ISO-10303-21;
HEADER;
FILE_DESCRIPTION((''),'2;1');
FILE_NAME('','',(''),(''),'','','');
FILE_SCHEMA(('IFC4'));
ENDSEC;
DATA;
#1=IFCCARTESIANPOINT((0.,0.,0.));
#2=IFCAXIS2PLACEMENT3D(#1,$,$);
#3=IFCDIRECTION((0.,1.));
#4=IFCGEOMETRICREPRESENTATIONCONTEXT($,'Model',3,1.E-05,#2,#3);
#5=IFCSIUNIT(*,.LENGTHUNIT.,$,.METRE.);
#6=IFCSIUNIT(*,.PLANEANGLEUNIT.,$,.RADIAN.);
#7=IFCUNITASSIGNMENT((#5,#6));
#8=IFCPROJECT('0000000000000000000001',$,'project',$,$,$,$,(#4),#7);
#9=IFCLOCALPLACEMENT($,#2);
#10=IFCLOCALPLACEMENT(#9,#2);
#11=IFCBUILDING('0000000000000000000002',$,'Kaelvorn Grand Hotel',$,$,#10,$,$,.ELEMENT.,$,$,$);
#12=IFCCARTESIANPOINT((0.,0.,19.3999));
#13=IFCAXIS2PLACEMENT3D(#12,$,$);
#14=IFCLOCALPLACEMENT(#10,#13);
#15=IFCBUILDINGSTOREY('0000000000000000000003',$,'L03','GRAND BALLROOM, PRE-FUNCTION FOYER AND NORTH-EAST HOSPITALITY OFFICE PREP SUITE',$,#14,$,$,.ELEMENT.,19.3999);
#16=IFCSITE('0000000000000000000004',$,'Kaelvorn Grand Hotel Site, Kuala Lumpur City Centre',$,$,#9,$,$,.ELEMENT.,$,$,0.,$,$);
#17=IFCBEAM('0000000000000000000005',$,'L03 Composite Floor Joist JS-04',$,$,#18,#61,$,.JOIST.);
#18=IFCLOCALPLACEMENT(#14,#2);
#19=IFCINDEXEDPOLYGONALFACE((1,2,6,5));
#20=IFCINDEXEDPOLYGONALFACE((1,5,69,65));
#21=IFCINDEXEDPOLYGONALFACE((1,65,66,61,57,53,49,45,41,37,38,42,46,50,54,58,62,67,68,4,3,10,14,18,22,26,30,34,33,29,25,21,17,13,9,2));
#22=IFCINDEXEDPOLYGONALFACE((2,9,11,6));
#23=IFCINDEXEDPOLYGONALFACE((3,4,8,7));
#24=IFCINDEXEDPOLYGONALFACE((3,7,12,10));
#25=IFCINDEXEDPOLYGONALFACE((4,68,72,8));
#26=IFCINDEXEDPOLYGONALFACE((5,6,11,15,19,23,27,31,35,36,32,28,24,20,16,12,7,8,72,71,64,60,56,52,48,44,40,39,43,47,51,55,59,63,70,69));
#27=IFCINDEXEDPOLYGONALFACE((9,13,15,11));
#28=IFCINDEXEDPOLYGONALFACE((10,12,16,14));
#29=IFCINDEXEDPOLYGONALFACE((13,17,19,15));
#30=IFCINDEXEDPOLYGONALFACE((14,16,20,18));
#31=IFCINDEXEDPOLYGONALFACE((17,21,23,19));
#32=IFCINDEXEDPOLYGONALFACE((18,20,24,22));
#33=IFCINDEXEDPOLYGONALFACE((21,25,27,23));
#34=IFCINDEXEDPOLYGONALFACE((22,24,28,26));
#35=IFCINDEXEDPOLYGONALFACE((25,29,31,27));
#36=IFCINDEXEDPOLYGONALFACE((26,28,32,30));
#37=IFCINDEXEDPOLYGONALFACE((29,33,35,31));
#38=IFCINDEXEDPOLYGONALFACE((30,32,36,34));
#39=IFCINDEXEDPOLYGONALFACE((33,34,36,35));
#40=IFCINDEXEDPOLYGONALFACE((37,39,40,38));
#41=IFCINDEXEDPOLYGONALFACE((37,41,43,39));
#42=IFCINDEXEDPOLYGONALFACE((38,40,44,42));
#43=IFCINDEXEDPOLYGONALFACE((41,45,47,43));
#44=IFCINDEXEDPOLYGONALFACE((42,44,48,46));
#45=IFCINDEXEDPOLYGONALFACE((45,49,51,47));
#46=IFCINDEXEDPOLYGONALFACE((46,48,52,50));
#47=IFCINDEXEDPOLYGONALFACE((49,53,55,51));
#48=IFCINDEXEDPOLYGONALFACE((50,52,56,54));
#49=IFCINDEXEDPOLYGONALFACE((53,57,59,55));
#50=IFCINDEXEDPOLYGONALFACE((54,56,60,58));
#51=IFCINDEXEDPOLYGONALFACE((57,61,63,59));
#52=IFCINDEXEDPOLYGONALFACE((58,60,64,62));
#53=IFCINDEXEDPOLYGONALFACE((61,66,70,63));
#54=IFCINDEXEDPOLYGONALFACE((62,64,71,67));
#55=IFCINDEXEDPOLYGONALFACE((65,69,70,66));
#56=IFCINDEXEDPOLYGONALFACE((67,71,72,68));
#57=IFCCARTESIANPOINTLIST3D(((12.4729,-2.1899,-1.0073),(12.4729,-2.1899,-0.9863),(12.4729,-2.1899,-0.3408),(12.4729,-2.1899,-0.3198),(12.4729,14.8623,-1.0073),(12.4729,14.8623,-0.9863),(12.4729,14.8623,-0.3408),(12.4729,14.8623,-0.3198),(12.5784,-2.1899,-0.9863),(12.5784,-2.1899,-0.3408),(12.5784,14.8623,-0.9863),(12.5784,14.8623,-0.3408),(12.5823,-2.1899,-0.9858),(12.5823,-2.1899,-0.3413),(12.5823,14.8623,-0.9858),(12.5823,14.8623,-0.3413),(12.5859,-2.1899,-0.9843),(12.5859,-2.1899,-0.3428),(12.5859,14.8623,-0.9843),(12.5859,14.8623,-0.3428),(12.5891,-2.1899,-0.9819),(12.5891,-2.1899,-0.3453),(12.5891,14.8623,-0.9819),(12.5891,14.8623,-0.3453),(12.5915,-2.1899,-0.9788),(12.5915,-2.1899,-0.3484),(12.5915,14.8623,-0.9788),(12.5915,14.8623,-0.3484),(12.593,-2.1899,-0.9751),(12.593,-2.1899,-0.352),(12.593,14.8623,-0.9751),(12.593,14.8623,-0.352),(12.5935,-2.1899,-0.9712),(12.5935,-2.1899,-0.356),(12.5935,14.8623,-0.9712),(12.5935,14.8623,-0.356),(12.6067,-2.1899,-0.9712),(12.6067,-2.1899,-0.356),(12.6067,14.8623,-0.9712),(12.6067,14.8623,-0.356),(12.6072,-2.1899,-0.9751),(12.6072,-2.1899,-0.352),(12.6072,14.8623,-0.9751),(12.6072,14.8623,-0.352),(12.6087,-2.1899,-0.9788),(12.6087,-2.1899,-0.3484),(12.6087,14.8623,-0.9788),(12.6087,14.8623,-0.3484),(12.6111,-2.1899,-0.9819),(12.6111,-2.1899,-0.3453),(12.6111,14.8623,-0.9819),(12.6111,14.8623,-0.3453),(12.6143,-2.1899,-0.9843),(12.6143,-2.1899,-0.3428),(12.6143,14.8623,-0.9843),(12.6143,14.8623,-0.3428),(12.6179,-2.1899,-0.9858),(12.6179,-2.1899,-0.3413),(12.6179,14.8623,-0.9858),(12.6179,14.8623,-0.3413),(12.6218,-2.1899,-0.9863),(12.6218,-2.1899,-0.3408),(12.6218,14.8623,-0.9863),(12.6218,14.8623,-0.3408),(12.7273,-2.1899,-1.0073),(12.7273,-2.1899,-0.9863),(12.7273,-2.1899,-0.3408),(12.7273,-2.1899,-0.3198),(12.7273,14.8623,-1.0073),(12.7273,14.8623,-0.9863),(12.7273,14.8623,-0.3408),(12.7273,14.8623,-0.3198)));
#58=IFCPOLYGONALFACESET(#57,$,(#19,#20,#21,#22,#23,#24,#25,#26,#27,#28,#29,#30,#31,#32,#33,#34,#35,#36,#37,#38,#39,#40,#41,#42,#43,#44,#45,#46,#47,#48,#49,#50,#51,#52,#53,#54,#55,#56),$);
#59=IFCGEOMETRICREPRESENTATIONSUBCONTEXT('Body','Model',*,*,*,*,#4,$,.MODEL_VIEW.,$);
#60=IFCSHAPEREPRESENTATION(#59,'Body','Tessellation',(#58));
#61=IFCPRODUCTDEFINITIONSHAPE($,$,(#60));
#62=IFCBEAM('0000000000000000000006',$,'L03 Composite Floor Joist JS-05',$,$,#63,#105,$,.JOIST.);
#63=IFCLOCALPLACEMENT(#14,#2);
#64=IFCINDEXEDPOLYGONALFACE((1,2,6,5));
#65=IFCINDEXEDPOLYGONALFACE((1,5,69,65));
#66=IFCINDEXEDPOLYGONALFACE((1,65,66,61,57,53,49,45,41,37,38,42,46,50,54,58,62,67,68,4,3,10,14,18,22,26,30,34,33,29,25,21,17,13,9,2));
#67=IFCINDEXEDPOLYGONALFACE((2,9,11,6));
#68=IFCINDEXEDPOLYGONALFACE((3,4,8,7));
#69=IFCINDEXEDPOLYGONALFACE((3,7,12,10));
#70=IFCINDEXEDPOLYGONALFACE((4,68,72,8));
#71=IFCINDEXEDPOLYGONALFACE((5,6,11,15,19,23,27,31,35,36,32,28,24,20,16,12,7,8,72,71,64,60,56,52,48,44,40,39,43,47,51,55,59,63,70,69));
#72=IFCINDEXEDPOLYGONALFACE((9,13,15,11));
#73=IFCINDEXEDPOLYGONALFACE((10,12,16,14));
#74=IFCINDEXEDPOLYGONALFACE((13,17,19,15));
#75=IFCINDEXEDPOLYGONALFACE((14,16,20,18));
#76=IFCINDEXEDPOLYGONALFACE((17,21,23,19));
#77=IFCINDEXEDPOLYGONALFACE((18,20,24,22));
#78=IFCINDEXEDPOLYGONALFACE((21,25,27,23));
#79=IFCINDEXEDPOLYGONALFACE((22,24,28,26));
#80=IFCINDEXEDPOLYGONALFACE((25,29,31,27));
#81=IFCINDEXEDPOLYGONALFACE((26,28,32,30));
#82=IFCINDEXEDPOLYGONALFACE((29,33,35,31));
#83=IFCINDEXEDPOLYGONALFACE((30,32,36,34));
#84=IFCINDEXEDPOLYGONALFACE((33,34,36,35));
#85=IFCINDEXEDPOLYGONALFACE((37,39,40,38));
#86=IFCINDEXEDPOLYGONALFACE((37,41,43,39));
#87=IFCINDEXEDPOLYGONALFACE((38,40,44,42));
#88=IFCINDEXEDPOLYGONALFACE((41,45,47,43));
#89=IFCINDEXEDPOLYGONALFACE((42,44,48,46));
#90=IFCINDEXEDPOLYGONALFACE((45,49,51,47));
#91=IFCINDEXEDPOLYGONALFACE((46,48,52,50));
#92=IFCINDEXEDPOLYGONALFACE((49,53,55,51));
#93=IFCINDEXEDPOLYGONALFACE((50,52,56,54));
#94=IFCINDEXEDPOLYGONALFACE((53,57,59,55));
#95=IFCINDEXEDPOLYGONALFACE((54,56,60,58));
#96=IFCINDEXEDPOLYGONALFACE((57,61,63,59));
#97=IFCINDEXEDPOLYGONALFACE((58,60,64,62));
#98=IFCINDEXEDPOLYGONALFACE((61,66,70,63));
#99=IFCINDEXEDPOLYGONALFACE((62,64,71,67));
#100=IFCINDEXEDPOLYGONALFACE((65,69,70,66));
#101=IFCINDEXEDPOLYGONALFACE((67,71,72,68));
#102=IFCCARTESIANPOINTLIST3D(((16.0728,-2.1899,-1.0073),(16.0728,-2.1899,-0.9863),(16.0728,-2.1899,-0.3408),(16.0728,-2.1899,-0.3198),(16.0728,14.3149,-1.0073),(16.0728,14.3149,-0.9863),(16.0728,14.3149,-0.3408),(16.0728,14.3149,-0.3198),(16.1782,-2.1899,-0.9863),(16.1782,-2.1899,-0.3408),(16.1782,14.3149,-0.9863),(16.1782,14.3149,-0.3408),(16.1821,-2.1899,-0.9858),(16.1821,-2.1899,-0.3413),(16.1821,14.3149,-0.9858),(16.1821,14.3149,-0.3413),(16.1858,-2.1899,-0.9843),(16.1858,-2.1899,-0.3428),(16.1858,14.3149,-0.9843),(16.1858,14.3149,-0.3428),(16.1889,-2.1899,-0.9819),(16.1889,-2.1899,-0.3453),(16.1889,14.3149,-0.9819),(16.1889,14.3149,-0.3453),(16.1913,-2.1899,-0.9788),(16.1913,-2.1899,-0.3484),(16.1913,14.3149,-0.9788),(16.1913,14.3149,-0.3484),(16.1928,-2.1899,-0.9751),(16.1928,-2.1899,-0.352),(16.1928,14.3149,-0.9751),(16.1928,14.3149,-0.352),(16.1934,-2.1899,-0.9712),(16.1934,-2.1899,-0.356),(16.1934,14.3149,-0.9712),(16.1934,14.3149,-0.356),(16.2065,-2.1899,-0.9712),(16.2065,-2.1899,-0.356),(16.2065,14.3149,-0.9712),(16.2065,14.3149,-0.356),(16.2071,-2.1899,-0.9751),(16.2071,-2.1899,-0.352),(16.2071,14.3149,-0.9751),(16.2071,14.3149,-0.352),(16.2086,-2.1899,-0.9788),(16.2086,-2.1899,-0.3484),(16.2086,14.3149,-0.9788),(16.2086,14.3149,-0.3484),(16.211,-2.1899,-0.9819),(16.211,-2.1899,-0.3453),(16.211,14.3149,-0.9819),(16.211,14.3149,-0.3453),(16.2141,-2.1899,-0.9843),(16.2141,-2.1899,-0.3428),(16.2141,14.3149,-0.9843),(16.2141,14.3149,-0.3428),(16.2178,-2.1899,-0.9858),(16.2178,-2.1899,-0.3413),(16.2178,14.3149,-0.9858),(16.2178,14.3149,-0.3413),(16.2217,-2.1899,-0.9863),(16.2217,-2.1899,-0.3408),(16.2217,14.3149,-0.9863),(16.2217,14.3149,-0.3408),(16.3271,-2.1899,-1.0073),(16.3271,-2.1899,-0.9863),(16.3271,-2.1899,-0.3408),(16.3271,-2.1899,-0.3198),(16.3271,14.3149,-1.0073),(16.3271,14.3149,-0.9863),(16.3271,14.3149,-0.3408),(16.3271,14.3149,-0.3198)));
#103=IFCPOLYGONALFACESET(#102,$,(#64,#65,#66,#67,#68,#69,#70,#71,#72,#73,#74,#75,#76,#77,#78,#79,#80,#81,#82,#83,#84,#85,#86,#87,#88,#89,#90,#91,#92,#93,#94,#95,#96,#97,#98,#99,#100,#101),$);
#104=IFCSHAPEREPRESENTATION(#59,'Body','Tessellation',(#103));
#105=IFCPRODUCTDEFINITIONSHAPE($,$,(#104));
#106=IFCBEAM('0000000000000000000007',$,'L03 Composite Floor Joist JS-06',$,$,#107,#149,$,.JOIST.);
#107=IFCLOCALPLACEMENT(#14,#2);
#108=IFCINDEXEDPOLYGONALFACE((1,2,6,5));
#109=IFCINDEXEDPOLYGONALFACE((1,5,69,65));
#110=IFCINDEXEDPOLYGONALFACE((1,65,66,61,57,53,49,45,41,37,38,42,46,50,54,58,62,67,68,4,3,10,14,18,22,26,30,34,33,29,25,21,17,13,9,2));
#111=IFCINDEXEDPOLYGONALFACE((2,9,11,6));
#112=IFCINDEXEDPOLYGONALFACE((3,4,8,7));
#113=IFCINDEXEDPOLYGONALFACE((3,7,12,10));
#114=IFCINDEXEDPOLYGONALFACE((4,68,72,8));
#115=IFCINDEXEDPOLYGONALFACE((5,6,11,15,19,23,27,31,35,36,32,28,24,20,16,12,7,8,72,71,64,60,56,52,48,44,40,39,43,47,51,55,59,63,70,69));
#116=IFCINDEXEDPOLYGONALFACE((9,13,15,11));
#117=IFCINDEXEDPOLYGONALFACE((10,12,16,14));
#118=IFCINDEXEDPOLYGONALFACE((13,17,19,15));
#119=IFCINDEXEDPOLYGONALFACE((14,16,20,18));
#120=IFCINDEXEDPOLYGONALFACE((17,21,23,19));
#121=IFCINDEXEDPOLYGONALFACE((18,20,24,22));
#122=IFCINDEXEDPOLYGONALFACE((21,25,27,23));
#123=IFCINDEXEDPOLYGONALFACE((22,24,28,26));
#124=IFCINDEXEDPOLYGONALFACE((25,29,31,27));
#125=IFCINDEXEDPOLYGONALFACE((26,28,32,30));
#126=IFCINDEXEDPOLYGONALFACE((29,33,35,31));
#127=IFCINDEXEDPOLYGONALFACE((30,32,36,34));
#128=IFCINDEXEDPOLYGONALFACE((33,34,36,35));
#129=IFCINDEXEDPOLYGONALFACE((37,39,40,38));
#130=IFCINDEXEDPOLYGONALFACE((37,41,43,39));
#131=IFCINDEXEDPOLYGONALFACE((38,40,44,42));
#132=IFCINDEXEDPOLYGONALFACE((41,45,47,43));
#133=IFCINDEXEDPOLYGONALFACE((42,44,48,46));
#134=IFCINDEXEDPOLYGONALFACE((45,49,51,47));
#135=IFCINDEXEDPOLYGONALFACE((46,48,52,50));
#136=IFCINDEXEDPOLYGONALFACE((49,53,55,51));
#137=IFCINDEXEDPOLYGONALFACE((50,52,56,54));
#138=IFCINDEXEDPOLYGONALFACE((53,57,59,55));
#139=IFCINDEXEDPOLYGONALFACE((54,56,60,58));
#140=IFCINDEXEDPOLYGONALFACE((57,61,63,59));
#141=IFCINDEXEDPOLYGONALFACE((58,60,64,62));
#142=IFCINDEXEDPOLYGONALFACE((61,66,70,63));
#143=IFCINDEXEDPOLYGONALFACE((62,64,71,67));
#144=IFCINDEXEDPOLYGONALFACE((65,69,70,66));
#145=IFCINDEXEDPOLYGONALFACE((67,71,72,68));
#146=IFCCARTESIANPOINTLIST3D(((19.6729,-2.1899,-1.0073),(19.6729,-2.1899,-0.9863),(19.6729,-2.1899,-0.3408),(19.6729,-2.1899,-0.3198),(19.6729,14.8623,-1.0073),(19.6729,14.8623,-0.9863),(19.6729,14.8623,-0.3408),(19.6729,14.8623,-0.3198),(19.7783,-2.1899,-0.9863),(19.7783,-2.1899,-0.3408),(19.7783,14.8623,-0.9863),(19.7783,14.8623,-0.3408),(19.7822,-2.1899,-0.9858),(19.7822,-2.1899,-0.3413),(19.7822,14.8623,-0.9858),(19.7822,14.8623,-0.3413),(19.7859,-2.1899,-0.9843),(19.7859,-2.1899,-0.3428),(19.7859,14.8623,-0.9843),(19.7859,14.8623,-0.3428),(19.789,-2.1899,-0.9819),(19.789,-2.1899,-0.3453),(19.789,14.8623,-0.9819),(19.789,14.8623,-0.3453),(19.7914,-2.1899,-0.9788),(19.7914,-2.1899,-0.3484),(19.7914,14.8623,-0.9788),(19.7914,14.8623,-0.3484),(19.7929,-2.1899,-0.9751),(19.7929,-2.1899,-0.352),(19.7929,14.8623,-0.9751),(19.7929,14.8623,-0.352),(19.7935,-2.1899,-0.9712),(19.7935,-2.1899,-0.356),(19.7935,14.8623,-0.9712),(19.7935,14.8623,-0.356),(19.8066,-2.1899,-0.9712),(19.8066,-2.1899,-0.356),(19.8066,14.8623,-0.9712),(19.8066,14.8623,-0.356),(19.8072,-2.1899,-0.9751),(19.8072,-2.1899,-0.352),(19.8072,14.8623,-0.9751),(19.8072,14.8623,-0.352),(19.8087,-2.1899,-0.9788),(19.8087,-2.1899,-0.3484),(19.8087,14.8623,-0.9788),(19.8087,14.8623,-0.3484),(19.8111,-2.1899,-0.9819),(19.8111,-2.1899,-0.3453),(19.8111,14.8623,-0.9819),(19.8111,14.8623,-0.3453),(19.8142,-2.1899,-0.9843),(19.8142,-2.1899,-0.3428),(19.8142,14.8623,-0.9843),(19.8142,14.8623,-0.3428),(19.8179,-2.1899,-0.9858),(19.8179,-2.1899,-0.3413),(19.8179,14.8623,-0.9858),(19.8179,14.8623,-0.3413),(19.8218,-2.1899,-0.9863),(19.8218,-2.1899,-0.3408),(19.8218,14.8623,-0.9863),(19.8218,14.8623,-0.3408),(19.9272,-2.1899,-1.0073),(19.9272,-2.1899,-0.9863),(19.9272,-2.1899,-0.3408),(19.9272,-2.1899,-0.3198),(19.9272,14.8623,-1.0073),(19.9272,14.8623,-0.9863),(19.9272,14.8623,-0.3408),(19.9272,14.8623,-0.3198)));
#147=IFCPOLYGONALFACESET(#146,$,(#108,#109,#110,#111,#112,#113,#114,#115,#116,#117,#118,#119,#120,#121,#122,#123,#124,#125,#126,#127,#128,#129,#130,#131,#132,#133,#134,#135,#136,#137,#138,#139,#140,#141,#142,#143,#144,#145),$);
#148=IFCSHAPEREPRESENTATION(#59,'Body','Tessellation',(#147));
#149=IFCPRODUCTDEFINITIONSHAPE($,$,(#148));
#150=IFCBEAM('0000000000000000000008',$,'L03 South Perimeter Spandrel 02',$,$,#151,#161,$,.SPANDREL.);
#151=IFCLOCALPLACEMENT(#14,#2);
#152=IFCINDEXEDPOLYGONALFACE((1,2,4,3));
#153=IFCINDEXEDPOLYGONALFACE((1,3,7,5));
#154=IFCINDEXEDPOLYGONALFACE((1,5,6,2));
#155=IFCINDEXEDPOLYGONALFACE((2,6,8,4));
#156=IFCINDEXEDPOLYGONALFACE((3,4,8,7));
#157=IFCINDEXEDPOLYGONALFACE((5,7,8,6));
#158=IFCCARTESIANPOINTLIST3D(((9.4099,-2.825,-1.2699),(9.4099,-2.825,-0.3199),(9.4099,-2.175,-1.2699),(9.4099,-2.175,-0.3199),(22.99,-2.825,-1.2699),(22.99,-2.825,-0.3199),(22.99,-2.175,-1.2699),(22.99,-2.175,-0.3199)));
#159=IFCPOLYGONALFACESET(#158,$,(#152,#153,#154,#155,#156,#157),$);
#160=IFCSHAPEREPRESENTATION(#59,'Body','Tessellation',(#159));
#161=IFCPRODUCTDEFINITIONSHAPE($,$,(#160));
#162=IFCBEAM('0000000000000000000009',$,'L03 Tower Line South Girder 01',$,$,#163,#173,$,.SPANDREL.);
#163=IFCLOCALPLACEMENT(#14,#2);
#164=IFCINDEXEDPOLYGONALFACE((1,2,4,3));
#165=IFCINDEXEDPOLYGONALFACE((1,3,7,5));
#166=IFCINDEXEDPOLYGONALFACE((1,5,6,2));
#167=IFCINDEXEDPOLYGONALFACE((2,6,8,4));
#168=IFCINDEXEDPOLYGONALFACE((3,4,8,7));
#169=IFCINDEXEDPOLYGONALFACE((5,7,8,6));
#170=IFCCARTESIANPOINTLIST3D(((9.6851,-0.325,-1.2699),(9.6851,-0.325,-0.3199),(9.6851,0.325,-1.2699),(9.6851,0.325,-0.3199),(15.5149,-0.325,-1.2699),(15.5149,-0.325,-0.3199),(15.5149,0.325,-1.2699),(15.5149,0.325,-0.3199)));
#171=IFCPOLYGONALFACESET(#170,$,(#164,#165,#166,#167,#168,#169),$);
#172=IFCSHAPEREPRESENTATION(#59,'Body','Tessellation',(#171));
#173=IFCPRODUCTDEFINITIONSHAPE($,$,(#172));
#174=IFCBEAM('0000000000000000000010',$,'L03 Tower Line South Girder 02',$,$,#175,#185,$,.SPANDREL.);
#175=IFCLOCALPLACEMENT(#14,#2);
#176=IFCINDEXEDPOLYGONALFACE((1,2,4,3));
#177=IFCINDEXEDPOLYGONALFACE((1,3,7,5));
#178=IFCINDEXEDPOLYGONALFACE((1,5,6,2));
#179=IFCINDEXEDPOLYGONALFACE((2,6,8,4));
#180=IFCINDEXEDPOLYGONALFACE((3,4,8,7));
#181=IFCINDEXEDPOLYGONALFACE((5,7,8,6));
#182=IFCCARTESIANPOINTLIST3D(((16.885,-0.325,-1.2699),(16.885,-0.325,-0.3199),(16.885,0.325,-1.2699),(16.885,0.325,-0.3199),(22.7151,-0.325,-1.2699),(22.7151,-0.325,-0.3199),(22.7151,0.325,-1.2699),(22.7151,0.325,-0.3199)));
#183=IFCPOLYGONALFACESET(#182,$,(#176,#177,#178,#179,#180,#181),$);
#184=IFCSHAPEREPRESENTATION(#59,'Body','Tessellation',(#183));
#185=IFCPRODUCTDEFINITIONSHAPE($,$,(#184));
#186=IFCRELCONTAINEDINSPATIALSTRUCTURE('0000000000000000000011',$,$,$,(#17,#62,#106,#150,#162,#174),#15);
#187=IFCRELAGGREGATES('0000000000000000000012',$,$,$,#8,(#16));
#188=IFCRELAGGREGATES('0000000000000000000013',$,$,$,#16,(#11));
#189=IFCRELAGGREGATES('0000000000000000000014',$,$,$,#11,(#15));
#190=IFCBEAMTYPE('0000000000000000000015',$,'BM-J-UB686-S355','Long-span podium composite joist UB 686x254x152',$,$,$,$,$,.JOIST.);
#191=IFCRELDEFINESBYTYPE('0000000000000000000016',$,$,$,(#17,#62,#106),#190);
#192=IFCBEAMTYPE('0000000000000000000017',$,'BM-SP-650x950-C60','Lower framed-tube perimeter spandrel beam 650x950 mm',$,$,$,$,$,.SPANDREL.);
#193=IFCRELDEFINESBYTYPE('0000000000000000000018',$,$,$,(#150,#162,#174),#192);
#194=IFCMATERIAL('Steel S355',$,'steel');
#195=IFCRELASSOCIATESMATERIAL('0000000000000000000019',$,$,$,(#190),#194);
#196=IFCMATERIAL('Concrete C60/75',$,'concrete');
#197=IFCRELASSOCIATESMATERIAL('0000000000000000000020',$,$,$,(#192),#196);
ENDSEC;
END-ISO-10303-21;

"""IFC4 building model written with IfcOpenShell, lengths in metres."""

from ifc_helpers import new_model, si_unit, direction, frame, origin, origin_2d, place, context, subcontext, project, spatial, rectangle, i_section, extrude, material, material_profile, profile_set, type_object, element, save


model = new_model("IFC4")

# Units and contexts
model_context = context("Model", 3, precision=1e-05, world=origin(), true_north=direction((0.0, 1.0)))
body_context = subcontext(model_context, "Body", "Model", "MODEL_VIEW")
ifc_project = project(units=[si_unit("LENGTHUNIT", "METRE"), si_unit("PLANEANGLEUNIT", "RADIAN")], contexts=[model_context])

# Site, building, storey
site_placement = place(None, origin())
site = spatial("IfcSite", under=ifc_project, at=site_placement, Name="Kaelvorn Grand Hotel Site, Kuala Lumpur City Centre", CompositionType="ELEMENT", RefElevation=0.0)
building_placement = place(site_placement, origin())
building = spatial("IfcBuilding", under=site, at=building_placement, Name="Kaelvorn Grand Hotel", CompositionType="ELEMENT")
storey_placement = place(building_placement, frame((0.0, 0.0, 19.3999)))
storey = spatial("IfcBuildingStorey", under=building, at=storey_placement, Name="L03", Description="GRAND BALLROOM, PRE-FUNCTION FOYER AND NORTH-EAST HOSPITALITY OFFICE PREP SUITE", CompositionType="ELEMENT", Elevation=19.3999)

# Beams
ifc_material_1 = material(Name="Steel S355", Category="steel")
ifc_material_profile_1 = material_profile(ifc_material_1, i_section(OverallWidth=0.2544, OverallDepth=0.6875, WebThickness=0.0132, FlangeThickness=0.021, FilletRadius=0.0151, at=origin_2d()), Name="UB 686x254x152")
ifc_profile_set_1 = profile_set([ifc_material_profile_1], Name="Steel S355")
beam_type_1 = type_object("IfcBeamType", Name="BM-J-UB686-S355", Description="Long-span podium composite joist UB 686x254x152", PredefinedType="JOIST", material=ifc_profile_set_1)
beam_1_placement = place(storey_placement, frame((12.6001, -2.1899, -0.6636), z_axis=(0.0, 1.0, 0.0), x_axis=(-1.0, 0.0, 0.0)))
element("IfcBeam", 1, at=beam_1_placement, inside=storey, type_object=beam_type_1, Name="L03 Composite Floor Joist JS-04", PredefinedType="JOIST", context=body_context, shape_type="SweptSolid", body=[
    extrude(i_section(OverallWidth=0.2544, OverallDepth=0.6875, WebThickness=0.0132, FlangeThickness=0.021, FilletRadius=0.0151, at=origin_2d()), origin(), (0.0, 0.0, 1.0), 17.0522),
])
beam_2_placement = place(storey_placement, frame((16.2, -2.1899, -0.6636), z_axis=(0.0, 1.0, 0.0), x_axis=(-1.0, 0.0, 0.0)))
element("IfcBeam", 2, at=beam_2_placement, inside=storey, type_object=beam_type_1, Name="L03 Composite Floor Joist JS-05", PredefinedType="JOIST", context=body_context, shape_type="SweptSolid", body=[
    extrude(i_section(OverallWidth=0.2544, OverallDepth=0.6875, WebThickness=0.0132, FlangeThickness=0.021, FilletRadius=0.0151, at=origin_2d()), origin(), (0.0, 0.0, 1.0), 16.5049),
])
beam_3_placement = place(storey_placement, frame((19.8, -2.1899, -0.6636), z_axis=(0.0, 1.0, 0.0), x_axis=(-1.0, 0.0, 0.0)))
element("IfcBeam", 3, at=beam_3_placement, inside=storey, type_object=beam_type_1, Name="L03 Composite Floor Joist JS-06", PredefinedType="JOIST", context=body_context, shape_type="SweptSolid", body=[
    extrude(i_section(OverallWidth=0.2544, OverallDepth=0.6875, WebThickness=0.0132, FlangeThickness=0.021, FilletRadius=0.0151, at=origin_2d()), origin(), (0.0, 0.0, 1.0), 17.0522),
])
ifc_material_2 = material(Name="Concrete C60/75", Category="concrete")
ifc_material_profile_2 = material_profile(ifc_material_2, rectangle(XDim=0.6499, YDim=0.95, at=origin_2d()), Name="RC SPANDREL 650x950")
ifc_profile_set_2 = profile_set([ifc_material_profile_2], Name="Concrete C60/75")
beam_type_2 = type_object("IfcBeamType", Name="BM-SP-650x950-C60", Description="Lower framed-tube perimeter spandrel beam 650x950 mm", PredefinedType="SPANDREL", material=ifc_profile_set_2)
beam_4_placement = place(storey_placement, frame((9.4099, -2.5, -0.7949), z_axis=(1.0, 0.0, 0.0), x_axis=(0.0, 1.0, 0.0)))
element("IfcBeam", 4, at=beam_4_placement, inside=storey, type_object=beam_type_2, Name="L03 South Perimeter Spandrel 02", PredefinedType="SPANDREL", context=body_context, shape_type="SweptSolid", body=[
    extrude(rectangle(XDim=0.6499, YDim=0.95, at=origin_2d()), origin(), (0.0, 0.0, 1.0), 13.5801),
])
beam_5_placement = place(storey_placement, frame((9.6851, 0.0, -0.7949), z_axis=(1.0, 0.0, 0.0), x_axis=(0.0, 1.0, 0.0)))
element("IfcBeam", 5, at=beam_5_placement, inside=storey, type_object=beam_type_2, Name="L03 Tower Line South Girder 01", PredefinedType="SPANDREL", context=body_context, shape_type="SweptSolid", body=[
    extrude(rectangle(XDim=0.6499, YDim=0.95, at=origin_2d()), origin(), (0.0, 0.0, 1.0), 5.8298),
])
beam_6_placement = place(storey_placement, frame((16.885, 0.0, -0.7949), z_axis=(1.0, 0.0, 0.0), x_axis=(0.0, 1.0, 0.0)))
element("IfcBeam", 6, at=beam_6_placement, inside=storey, type_object=beam_type_2, Name="L03 Tower Line South Girder 02", PredefinedType="SPANDREL", context=body_context, shape_type="SweptSolid", body=[
    extrude(rectangle(XDim=0.6499, YDim=0.95, at=origin_2d()), origin(), (0.0, 0.0, 1.0), 5.8301),
])

save(model, "model.ifc")
